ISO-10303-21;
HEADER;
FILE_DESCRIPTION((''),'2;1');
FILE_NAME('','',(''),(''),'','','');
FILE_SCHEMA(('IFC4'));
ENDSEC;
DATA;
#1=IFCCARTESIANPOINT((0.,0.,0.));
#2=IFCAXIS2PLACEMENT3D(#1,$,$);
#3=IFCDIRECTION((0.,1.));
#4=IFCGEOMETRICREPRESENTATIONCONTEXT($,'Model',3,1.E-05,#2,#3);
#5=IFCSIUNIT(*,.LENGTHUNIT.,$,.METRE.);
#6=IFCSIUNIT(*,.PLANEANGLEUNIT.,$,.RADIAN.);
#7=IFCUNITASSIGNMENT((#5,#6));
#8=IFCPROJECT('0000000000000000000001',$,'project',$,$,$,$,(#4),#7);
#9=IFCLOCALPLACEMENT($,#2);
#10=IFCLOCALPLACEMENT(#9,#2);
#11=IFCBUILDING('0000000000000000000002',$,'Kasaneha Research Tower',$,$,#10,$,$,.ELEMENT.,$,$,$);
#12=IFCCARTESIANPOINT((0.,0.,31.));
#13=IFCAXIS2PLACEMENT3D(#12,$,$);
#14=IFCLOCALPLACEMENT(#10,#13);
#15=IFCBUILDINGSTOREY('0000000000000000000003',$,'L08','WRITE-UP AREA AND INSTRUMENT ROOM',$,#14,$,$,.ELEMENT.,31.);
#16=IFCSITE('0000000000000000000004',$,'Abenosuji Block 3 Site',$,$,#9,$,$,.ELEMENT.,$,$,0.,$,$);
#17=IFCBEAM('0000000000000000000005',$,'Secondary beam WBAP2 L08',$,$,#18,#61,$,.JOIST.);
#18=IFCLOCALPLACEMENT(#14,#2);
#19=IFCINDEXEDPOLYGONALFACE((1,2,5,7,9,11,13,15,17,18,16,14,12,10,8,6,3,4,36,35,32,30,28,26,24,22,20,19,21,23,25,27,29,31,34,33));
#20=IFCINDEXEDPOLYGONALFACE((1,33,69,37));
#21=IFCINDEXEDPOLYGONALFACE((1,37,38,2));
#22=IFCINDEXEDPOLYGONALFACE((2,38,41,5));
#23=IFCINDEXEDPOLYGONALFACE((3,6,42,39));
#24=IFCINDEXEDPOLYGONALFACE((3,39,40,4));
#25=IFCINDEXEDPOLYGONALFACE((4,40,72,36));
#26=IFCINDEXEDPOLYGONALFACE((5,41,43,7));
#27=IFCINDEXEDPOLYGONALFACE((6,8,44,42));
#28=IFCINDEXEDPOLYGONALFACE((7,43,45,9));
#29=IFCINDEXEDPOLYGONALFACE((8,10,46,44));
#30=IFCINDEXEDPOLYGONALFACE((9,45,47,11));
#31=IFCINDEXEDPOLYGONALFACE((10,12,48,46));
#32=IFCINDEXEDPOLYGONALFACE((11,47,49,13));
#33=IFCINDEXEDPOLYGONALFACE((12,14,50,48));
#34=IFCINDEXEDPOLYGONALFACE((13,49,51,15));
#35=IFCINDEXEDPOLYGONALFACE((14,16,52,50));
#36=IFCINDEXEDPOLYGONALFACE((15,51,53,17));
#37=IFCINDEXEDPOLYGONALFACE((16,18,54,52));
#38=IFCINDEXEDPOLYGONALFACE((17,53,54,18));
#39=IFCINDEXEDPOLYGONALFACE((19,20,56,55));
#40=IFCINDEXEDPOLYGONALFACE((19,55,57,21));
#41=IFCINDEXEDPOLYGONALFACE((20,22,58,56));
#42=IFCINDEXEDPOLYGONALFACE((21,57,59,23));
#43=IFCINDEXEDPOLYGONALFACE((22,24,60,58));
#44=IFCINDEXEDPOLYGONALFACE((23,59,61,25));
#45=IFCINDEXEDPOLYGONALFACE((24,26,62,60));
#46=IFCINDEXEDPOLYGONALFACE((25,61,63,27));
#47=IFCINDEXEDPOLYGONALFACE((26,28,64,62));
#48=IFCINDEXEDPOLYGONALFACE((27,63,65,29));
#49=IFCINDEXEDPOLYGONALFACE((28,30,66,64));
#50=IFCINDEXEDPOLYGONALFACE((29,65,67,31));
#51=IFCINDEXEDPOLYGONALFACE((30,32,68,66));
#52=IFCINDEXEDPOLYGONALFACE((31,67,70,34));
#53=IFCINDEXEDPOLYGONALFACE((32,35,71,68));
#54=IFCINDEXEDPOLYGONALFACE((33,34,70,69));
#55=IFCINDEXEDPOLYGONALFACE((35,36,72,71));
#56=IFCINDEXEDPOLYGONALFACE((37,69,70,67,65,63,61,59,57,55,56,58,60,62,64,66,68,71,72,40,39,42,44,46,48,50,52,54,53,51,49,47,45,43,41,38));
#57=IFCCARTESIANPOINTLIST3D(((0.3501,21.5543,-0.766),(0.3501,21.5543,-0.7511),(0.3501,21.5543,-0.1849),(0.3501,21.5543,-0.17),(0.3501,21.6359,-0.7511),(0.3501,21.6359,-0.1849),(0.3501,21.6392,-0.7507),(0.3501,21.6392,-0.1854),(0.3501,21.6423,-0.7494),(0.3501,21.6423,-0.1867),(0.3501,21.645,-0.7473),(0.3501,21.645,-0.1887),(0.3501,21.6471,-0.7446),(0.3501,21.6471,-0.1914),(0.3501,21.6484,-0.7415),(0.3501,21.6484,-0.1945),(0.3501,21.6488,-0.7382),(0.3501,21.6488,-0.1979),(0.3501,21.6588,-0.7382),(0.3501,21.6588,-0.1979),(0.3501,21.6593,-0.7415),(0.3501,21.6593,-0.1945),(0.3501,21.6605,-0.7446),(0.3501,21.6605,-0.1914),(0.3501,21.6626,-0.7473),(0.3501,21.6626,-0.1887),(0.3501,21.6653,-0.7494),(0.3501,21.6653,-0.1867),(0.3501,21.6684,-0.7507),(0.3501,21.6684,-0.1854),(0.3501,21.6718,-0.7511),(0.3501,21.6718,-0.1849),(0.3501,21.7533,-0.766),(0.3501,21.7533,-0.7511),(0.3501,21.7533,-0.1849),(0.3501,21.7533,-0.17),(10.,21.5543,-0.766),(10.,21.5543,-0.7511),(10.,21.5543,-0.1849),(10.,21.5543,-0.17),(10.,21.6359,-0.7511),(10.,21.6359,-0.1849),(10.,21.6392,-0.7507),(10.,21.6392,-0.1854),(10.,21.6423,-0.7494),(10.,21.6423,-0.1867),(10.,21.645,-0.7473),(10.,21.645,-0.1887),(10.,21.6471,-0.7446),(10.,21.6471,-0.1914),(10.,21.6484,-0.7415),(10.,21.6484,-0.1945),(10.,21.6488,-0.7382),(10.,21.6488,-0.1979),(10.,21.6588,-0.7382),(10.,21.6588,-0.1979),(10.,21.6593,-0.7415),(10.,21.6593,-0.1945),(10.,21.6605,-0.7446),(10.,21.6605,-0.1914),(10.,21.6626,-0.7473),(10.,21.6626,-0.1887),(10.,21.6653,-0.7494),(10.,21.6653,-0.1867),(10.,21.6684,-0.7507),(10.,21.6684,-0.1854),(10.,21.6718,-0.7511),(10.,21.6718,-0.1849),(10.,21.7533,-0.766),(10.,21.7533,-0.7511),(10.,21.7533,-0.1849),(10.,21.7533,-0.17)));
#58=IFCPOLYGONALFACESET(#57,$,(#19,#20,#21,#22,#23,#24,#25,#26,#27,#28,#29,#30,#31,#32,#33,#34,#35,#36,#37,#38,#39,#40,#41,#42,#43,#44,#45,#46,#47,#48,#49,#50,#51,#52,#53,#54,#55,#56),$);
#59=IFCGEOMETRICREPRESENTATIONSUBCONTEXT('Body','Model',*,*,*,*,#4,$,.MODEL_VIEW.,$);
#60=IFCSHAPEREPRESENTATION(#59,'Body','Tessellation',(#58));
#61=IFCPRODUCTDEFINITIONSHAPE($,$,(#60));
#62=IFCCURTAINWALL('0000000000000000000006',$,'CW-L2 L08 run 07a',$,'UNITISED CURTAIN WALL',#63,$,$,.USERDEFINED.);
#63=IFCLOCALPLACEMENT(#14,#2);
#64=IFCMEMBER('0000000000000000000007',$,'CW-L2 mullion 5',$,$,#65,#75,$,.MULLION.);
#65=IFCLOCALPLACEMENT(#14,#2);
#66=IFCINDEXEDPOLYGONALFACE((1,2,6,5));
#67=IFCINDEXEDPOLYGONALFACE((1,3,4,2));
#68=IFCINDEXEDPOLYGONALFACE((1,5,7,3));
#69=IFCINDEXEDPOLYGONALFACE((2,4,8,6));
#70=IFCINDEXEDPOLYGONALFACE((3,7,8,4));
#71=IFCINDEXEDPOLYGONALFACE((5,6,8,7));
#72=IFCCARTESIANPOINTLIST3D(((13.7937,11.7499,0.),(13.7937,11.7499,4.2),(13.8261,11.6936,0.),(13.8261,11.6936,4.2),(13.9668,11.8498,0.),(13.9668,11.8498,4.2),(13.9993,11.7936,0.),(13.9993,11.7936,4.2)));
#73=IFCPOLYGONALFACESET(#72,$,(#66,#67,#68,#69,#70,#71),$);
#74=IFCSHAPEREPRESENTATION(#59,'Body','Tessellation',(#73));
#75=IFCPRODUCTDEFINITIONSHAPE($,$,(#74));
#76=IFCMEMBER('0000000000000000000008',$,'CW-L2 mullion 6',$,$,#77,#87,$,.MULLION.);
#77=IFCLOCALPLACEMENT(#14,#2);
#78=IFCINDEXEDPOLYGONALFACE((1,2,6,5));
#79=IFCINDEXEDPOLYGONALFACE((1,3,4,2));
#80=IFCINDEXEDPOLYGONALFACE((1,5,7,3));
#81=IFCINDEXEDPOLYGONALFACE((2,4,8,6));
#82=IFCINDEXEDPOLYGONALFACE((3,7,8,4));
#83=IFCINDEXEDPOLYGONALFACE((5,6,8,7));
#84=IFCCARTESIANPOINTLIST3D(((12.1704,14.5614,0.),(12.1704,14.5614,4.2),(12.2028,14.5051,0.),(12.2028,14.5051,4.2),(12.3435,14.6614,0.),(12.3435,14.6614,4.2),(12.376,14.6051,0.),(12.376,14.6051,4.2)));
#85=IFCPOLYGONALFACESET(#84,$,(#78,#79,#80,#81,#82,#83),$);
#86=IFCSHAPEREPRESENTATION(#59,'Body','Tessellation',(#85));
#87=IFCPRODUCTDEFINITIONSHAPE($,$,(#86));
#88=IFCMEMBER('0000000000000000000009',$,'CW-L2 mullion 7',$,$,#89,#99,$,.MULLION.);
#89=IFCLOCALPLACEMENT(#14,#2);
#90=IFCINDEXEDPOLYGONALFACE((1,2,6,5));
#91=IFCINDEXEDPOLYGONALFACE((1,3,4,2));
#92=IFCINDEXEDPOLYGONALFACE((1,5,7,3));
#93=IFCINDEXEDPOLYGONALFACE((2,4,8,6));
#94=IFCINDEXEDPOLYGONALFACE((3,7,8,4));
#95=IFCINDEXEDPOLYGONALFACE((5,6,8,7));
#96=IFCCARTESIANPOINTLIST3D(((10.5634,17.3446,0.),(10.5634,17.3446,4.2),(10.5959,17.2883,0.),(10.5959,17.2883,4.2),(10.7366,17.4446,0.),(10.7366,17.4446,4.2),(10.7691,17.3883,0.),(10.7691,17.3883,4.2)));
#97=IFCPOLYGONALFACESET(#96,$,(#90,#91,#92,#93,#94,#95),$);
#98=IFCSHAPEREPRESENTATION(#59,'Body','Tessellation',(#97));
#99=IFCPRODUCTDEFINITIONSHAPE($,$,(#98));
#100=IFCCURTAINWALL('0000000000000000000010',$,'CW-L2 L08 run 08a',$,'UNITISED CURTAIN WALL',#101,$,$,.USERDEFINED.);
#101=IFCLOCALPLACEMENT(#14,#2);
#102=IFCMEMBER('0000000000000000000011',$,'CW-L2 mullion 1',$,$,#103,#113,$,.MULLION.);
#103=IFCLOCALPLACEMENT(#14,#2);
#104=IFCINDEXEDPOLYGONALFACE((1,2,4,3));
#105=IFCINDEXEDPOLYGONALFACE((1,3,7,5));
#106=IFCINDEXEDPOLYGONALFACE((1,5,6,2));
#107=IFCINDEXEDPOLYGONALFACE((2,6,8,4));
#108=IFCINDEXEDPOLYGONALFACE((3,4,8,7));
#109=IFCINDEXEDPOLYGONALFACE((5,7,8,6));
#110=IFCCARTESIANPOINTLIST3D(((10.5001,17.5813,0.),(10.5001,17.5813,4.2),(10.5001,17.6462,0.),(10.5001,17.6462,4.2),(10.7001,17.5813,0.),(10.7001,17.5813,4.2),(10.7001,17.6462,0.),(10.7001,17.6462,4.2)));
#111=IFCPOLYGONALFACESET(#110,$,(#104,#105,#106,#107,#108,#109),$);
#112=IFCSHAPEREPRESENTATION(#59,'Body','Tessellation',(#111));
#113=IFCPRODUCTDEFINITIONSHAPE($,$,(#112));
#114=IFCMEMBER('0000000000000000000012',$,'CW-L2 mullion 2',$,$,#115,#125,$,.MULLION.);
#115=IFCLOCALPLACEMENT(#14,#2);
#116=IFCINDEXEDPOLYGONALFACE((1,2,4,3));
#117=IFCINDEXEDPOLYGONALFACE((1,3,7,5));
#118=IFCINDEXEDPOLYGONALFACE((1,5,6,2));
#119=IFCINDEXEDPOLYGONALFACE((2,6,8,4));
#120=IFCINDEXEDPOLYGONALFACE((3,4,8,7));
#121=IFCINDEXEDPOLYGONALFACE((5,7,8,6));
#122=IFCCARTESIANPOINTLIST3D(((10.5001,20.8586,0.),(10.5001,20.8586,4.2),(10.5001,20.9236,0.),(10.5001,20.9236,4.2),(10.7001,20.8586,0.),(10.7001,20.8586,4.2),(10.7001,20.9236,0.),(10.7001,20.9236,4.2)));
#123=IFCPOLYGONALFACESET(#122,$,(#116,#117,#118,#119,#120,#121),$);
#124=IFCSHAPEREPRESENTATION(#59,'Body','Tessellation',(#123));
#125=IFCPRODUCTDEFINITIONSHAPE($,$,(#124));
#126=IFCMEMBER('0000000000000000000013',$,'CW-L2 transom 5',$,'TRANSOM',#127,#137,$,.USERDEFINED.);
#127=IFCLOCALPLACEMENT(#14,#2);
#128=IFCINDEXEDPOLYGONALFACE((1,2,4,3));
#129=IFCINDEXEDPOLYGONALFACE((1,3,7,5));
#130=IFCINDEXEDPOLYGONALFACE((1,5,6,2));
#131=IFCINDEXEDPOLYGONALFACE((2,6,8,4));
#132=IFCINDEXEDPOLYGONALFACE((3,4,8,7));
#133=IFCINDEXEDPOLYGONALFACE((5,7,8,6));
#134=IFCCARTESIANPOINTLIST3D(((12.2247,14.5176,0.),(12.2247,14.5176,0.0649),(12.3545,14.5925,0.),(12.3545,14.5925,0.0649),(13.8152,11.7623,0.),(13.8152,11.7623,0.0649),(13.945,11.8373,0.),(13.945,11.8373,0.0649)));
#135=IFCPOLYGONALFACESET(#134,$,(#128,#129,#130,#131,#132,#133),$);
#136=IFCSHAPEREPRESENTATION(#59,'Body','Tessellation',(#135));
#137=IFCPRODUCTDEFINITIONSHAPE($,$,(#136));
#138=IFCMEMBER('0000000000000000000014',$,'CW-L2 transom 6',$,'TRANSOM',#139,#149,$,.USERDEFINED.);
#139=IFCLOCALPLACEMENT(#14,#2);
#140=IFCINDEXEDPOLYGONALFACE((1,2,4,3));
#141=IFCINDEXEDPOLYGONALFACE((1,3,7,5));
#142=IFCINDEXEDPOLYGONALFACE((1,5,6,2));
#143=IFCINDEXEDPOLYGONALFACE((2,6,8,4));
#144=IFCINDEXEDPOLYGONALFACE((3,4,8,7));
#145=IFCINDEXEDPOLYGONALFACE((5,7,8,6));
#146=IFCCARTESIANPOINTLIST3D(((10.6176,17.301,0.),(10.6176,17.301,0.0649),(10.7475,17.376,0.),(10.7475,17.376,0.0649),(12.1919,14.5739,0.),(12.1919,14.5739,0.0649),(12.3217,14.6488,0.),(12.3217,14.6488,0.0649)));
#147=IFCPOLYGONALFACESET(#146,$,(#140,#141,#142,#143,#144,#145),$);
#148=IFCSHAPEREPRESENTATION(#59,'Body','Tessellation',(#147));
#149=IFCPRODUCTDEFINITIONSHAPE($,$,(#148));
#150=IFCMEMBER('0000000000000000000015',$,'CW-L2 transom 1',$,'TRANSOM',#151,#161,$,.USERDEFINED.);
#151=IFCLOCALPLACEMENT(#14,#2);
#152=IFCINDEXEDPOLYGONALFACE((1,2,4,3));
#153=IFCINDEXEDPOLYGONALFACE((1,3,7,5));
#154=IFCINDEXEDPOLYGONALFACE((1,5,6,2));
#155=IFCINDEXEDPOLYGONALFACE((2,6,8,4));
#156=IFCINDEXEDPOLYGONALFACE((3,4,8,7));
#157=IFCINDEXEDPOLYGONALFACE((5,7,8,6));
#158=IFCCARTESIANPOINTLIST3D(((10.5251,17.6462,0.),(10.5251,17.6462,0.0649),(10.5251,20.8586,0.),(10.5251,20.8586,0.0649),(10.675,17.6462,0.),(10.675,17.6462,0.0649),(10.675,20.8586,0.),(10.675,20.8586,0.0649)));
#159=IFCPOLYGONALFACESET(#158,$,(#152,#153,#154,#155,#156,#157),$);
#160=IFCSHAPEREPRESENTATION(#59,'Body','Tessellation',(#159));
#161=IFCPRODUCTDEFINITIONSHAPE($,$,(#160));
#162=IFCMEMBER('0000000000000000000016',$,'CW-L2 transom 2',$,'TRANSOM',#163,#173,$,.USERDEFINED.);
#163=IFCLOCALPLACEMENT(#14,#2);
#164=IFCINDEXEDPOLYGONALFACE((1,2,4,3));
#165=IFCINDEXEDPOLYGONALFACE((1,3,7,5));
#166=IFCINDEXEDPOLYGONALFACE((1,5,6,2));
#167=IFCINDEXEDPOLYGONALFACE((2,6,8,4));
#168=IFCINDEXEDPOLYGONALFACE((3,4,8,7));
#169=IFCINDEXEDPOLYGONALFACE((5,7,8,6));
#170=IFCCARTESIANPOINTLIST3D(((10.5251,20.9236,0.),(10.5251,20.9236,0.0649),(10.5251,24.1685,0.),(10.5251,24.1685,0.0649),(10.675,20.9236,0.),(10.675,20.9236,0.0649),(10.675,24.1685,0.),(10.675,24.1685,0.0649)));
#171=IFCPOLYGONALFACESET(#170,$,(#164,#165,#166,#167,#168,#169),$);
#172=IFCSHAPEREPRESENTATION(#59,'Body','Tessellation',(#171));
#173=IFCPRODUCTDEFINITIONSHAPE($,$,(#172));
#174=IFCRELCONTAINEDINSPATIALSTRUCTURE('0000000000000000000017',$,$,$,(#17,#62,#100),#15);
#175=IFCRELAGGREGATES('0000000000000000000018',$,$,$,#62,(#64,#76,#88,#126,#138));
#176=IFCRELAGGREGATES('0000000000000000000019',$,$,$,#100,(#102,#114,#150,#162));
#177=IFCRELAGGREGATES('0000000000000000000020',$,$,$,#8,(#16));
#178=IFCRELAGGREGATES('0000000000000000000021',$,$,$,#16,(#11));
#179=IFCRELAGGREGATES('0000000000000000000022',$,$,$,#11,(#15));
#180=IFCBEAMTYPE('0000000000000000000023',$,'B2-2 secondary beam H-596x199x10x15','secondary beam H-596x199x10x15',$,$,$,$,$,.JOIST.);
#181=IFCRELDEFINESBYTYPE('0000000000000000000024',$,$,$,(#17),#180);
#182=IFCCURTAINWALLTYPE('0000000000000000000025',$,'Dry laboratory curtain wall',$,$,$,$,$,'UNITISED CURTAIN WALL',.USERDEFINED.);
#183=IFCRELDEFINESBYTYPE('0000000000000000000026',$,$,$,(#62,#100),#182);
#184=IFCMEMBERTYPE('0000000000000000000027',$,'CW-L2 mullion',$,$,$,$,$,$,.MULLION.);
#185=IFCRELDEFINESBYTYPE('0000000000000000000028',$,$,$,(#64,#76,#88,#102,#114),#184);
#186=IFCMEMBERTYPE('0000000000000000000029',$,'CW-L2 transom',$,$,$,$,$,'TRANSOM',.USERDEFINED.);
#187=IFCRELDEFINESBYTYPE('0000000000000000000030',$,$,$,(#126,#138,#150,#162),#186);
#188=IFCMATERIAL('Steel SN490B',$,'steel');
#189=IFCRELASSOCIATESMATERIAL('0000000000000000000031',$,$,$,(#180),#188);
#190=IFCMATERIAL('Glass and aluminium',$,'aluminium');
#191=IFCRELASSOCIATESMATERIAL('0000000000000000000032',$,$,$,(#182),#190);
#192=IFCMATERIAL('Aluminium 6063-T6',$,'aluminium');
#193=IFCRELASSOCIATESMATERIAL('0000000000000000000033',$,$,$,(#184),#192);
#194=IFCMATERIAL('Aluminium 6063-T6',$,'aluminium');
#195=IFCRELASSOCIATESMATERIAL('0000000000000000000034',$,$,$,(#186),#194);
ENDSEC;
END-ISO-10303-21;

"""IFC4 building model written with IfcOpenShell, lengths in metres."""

from ifc_helpers import new_model, si_unit, direction, frame, origin, origin_2d, place, context, subcontext, project, spatial, rectangle, i_section, extrude, material, material_profile, profile_set, type_object, element, aggregate, save


model = new_model("IFC4")

# Units and contexts
model_context = context("Model", 3, precision=1e-05, world=origin(), true_north=direction((0.0, 1.0)))
body_context = subcontext(model_context, "Body", "Model", "MODEL_VIEW")
ifc_project = project(units=[si_unit("LENGTHUNIT", "METRE"), si_unit("PLANEANGLEUNIT", "RADIAN")], contexts=[model_context])

# Site, building, storey
site_placement = place(None, origin())
site = spatial("IfcSite", under=ifc_project, at=site_placement, Name="Abenosuji Block 3 Site", CompositionType="ELEMENT", RefElevation=0.0)
building_placement = place(site_placement, origin())
building = spatial("IfcBuilding", under=site, at=building_placement, Name="Kasaneha Research Tower", CompositionType="ELEMENT")
storey_placement = place(building_placement, frame((0.0, 0.0, 31.0)))
storey = spatial("IfcBuildingStorey", under=building, at=storey_placement, Name="L08", Description="WRITE-UP AREA AND INSTRUMENT ROOM", CompositionType="ELEMENT", Elevation=31.0)

# Beam
ifc_material_1 = material(Name="Steel SN490B", Category="steel")
ifc_material_profile_1 = material_profile(ifc_material_1, i_section(OverallWidth=0.199, OverallDepth=0.5959, WebThickness=0.01, FlangeThickness=0.0149, FilletRadius=0.0129, at=origin_2d()), Name="H-596x199x10x15")
ifc_profile_set_1 = profile_set([ifc_material_profile_1], Name="Steel SN490B")
beam_type_1 = type_object("IfcBeamType", Name="B2-2 secondary beam H-596x199x10x15", Description="secondary beam H-596x199x10x15", PredefinedType="JOIST", material=ifc_profile_set_1)
for number, where, z_axis, x_axis, name in (
    (1, (10.0, 21.6538, -0.468), (-1.0, 0.0, 0.0), (0.0, -1.0, 0.0), "Secondary beam WBAP2 L08"),
):
    element("IfcBeam", number, at=place(storey_placement, frame(where, z_axis=z_axis, x_axis=x_axis)), inside=storey, type_object=beam_type_1, Name=name, PredefinedType="JOIST", context=body_context, shape_type="SweptSolid", body=[
        extrude(i_section(OverallWidth=0.199, OverallDepth=0.5959, WebThickness=0.01, FlangeThickness=0.0149, FilletRadius=0.0129, at=origin_2d()), origin(), (0.0, 0.0, 1.0), 9.6499),
    ])

# Curtain walls, members
ifc_material_2 = material(Name="Glass and aluminium", Category="aluminium")
curtain_wall_type = type_object("IfcCurtainWallType", Name="Dry laboratory curtain wall", ElementType="UNITISED CURTAIN WALL", PredefinedType="USERDEFINED", material=ifc_material_2)
curtain_wall_1_placement = place(storey_placement, origin())
curtain_wall_1 = element("IfcCurtainWall", 2, at=curtain_wall_1_placement, inside=storey, type_object=curtain_wall_type, Name="CW-L2 L08 run 07a", ObjectType="UNITISED CURTAIN WALL", PredefinedType="USERDEFINED")
ifc_material_3 = material(Name="Aluminium 6063-T6", Category="aluminium")
ifc_material_profile_2 = material_profile(ifc_material_3, rectangle(XDim=0.0649, YDim=0.2, at=origin_2d()), Name="CW-L2 mullion 65x200")
ifc_profile_set_2 = profile_set([ifc_material_profile_2], Name="Aluminium 6063-T6")
member_type_1 = type_object("IfcMemberType", Name="CW-L2 mullion", PredefinedType="MULLION", material=ifc_profile_set_2)
member_1_placement = place(storey_placement, frame((13.8965, 11.7717, 0.0), z_axis=(0.0, 0.0, 1.0), x_axis=(-0.5, 0.866025, 0.0)))
member_1 = element("IfcMember", 3, at=member_1_placement, type_object=member_type_1, Name="CW-L2 mullion 5", PredefinedType="MULLION", context=body_context, shape_type="SweptSolid", body=[
    extrude(rectangle(XDim=0.0649, YDim=0.2, at=origin_2d()), origin(), (0.0, 0.0, 1.0), 4.2),
])
member_2_placement = place(storey_placement, frame((12.2732, 14.5833, 0.0), z_axis=(0.0, 0.0, 1.0), x_axis=(-0.5, 0.866025, 0.0)))
member_2 = element("IfcMember", 4, at=member_2_placement, type_object=member_type_1, Name="CW-L2 mullion 6", PredefinedType="MULLION", context=body_context, shape_type="SweptSolid", body=[
    extrude(rectangle(XDim=0.0649, YDim=0.2, at=origin_2d()), origin(), (0.0, 0.0, 1.0), 4.2),
])
member_3_placement = place(storey_placement, frame((10.6663, 17.3665, 0.0), z_axis=(0.0, 0.0, 1.0), x_axis=(-0.5, 0.866025, 0.0)))
member_3 = element("IfcMember", 5, at=member_3_placement, type_object=member_type_1, Name="CW-L2 mullion 7", PredefinedType="MULLION", context=body_context, shape_type="SweptSolid", body=[
    extrude(rectangle(XDim=0.0649, YDim=0.2, at=origin_2d()), origin(), (0.0, 0.0, 1.0), 4.2),
])
curtain_wall_2_placement = place(storey_placement, origin())
curtain_wall_2 = element("IfcCurtainWall", 6, at=curtain_wall_2_placement, inside=storey, type_object=curtain_wall_type, Name="CW-L2 L08 run 08a", ObjectType="UNITISED CURTAIN WALL", PredefinedType="USERDEFINED")
member_4_placement = place(storey_placement, frame((10.6001, 17.6138, 0.0), z_axis=(0.0, 0.0, 1.0), x_axis=(0.0, 1.0, 0.0)))
member_4 = element("IfcMember", 7, at=member_4_placement, type_object=member_type_1, Name="CW-L2 mullion 1", PredefinedType="MULLION", context=body_context, shape_type="SweptSolid", body=[
    extrude(rectangle(XDim=0.0649, YDim=0.2, at=origin_2d()), origin(), (0.0, 0.0, 1.0), 4.2),
])
member_5_placement = place(storey_placement, frame((10.6001, 20.8911, 0.0), z_axis=(0.0, 0.0, 1.0), x_axis=(0.0, 1.0, 0.0)))
member_5 = element("IfcMember", 8, at=member_5_placement, type_object=member_type_1, Name="CW-L2 mullion 2", PredefinedType="MULLION", context=body_context, shape_type="SweptSolid", body=[
    extrude(rectangle(XDim=0.0649, YDim=0.2, at=origin_2d()), origin(), (0.0, 0.0, 1.0), 4.2),
])

# Members
ifc_material_4 = material(Name="Aluminium 6063-T6", Category="aluminium")
ifc_material_profile_3 = material_profile(ifc_material_4, rectangle(XDim=0.1499, YDim=0.0649, at=origin_2d()), Name="CW-L2 transom 150x65")
ifc_profile_set_3 = profile_set([ifc_material_profile_3], Name="Aluminium 6063-T6")
member_type_2 = type_object("IfcMemberType", Name="CW-L2 transom", ElementType="TRANSOM", PredefinedType="USERDEFINED", material=ifc_profile_set_3)
member_6_placement = place(storey_placement, frame((13.8801, 11.7998, 0.0325), z_axis=(-0.499944, 0.866058, 0.0), x_axis=(-0.866058, -0.499944, 0.0)))
member_6 = element("IfcMember", 9, at=member_6_placement, type_object=member_type_2, Name="CW-L2 transom 5", ObjectType="TRANSOM", PredefinedType="USERDEFINED", context=body_context, shape_type="SweptSolid", body=[
    extrude(rectangle(XDim=0.1499, YDim=0.0649, at=origin_2d()), origin(), (0.0, 0.0, 1.0), 3.1814),
])
member_7_placement = place(storey_placement, frame((12.2568, 14.6113, 0.0325), z_axis=(-0.499942, 0.866059, 0.0), x_axis=(-0.866059, -0.499942, 0.0)))
member_7 = element("IfcMember", 10, at=member_7_placement, type_object=member_type_2, Name="CW-L2 transom 6", ObjectType="TRANSOM", PredefinedType="USERDEFINED", context=body_context, shape_type="SweptSolid", body=[
    extrude(rectangle(XDim=0.1499, YDim=0.0649, at=origin_2d()), origin(), (0.0, 0.0, 1.0), 3.1489),
])
member_8_placement = place(storey_placement, frame((10.6001, 17.6462, 0.0325), z_axis=(0.0, 1.0, 0.0), x_axis=(-1.0, 0.0, 0.0)))
member_8 = element("IfcMember", 11, at=member_8_placement, type_object=member_type_2, Name="CW-L2 transom 1", ObjectType="TRANSOM", PredefinedType="USERDEFINED", context=body_context, shape_type="SweptSolid", body=[
    extrude(rectangle(XDim=0.1499, YDim=0.0649, at=origin_2d()), origin(), (0.0, 0.0, 1.0), 3.2124),
])
member_9_placement = place(storey_placement, frame((10.6001, 20.9236, 0.0325), z_axis=(0.0, 1.0, 0.0), x_axis=(-1.0, 0.0, 0.0)))
member_9 = element("IfcMember", 12, at=member_9_placement, type_object=member_type_2, Name="CW-L2 transom 2", ObjectType="TRANSOM", PredefinedType="USERDEFINED", context=body_context, shape_type="SweptSolid", body=[
    extrude(rectangle(XDim=0.1499, YDim=0.0649, at=origin_2d()), origin(), (0.0, 0.0, 1.0), 3.2449),
])

aggregate(curtain_wall_1, [member_1, member_2, member_3, member_6, member_7])
aggregate(curtain_wall_2, [member_4, member_5, member_8, member_9])

save(model, "model.ifc")
